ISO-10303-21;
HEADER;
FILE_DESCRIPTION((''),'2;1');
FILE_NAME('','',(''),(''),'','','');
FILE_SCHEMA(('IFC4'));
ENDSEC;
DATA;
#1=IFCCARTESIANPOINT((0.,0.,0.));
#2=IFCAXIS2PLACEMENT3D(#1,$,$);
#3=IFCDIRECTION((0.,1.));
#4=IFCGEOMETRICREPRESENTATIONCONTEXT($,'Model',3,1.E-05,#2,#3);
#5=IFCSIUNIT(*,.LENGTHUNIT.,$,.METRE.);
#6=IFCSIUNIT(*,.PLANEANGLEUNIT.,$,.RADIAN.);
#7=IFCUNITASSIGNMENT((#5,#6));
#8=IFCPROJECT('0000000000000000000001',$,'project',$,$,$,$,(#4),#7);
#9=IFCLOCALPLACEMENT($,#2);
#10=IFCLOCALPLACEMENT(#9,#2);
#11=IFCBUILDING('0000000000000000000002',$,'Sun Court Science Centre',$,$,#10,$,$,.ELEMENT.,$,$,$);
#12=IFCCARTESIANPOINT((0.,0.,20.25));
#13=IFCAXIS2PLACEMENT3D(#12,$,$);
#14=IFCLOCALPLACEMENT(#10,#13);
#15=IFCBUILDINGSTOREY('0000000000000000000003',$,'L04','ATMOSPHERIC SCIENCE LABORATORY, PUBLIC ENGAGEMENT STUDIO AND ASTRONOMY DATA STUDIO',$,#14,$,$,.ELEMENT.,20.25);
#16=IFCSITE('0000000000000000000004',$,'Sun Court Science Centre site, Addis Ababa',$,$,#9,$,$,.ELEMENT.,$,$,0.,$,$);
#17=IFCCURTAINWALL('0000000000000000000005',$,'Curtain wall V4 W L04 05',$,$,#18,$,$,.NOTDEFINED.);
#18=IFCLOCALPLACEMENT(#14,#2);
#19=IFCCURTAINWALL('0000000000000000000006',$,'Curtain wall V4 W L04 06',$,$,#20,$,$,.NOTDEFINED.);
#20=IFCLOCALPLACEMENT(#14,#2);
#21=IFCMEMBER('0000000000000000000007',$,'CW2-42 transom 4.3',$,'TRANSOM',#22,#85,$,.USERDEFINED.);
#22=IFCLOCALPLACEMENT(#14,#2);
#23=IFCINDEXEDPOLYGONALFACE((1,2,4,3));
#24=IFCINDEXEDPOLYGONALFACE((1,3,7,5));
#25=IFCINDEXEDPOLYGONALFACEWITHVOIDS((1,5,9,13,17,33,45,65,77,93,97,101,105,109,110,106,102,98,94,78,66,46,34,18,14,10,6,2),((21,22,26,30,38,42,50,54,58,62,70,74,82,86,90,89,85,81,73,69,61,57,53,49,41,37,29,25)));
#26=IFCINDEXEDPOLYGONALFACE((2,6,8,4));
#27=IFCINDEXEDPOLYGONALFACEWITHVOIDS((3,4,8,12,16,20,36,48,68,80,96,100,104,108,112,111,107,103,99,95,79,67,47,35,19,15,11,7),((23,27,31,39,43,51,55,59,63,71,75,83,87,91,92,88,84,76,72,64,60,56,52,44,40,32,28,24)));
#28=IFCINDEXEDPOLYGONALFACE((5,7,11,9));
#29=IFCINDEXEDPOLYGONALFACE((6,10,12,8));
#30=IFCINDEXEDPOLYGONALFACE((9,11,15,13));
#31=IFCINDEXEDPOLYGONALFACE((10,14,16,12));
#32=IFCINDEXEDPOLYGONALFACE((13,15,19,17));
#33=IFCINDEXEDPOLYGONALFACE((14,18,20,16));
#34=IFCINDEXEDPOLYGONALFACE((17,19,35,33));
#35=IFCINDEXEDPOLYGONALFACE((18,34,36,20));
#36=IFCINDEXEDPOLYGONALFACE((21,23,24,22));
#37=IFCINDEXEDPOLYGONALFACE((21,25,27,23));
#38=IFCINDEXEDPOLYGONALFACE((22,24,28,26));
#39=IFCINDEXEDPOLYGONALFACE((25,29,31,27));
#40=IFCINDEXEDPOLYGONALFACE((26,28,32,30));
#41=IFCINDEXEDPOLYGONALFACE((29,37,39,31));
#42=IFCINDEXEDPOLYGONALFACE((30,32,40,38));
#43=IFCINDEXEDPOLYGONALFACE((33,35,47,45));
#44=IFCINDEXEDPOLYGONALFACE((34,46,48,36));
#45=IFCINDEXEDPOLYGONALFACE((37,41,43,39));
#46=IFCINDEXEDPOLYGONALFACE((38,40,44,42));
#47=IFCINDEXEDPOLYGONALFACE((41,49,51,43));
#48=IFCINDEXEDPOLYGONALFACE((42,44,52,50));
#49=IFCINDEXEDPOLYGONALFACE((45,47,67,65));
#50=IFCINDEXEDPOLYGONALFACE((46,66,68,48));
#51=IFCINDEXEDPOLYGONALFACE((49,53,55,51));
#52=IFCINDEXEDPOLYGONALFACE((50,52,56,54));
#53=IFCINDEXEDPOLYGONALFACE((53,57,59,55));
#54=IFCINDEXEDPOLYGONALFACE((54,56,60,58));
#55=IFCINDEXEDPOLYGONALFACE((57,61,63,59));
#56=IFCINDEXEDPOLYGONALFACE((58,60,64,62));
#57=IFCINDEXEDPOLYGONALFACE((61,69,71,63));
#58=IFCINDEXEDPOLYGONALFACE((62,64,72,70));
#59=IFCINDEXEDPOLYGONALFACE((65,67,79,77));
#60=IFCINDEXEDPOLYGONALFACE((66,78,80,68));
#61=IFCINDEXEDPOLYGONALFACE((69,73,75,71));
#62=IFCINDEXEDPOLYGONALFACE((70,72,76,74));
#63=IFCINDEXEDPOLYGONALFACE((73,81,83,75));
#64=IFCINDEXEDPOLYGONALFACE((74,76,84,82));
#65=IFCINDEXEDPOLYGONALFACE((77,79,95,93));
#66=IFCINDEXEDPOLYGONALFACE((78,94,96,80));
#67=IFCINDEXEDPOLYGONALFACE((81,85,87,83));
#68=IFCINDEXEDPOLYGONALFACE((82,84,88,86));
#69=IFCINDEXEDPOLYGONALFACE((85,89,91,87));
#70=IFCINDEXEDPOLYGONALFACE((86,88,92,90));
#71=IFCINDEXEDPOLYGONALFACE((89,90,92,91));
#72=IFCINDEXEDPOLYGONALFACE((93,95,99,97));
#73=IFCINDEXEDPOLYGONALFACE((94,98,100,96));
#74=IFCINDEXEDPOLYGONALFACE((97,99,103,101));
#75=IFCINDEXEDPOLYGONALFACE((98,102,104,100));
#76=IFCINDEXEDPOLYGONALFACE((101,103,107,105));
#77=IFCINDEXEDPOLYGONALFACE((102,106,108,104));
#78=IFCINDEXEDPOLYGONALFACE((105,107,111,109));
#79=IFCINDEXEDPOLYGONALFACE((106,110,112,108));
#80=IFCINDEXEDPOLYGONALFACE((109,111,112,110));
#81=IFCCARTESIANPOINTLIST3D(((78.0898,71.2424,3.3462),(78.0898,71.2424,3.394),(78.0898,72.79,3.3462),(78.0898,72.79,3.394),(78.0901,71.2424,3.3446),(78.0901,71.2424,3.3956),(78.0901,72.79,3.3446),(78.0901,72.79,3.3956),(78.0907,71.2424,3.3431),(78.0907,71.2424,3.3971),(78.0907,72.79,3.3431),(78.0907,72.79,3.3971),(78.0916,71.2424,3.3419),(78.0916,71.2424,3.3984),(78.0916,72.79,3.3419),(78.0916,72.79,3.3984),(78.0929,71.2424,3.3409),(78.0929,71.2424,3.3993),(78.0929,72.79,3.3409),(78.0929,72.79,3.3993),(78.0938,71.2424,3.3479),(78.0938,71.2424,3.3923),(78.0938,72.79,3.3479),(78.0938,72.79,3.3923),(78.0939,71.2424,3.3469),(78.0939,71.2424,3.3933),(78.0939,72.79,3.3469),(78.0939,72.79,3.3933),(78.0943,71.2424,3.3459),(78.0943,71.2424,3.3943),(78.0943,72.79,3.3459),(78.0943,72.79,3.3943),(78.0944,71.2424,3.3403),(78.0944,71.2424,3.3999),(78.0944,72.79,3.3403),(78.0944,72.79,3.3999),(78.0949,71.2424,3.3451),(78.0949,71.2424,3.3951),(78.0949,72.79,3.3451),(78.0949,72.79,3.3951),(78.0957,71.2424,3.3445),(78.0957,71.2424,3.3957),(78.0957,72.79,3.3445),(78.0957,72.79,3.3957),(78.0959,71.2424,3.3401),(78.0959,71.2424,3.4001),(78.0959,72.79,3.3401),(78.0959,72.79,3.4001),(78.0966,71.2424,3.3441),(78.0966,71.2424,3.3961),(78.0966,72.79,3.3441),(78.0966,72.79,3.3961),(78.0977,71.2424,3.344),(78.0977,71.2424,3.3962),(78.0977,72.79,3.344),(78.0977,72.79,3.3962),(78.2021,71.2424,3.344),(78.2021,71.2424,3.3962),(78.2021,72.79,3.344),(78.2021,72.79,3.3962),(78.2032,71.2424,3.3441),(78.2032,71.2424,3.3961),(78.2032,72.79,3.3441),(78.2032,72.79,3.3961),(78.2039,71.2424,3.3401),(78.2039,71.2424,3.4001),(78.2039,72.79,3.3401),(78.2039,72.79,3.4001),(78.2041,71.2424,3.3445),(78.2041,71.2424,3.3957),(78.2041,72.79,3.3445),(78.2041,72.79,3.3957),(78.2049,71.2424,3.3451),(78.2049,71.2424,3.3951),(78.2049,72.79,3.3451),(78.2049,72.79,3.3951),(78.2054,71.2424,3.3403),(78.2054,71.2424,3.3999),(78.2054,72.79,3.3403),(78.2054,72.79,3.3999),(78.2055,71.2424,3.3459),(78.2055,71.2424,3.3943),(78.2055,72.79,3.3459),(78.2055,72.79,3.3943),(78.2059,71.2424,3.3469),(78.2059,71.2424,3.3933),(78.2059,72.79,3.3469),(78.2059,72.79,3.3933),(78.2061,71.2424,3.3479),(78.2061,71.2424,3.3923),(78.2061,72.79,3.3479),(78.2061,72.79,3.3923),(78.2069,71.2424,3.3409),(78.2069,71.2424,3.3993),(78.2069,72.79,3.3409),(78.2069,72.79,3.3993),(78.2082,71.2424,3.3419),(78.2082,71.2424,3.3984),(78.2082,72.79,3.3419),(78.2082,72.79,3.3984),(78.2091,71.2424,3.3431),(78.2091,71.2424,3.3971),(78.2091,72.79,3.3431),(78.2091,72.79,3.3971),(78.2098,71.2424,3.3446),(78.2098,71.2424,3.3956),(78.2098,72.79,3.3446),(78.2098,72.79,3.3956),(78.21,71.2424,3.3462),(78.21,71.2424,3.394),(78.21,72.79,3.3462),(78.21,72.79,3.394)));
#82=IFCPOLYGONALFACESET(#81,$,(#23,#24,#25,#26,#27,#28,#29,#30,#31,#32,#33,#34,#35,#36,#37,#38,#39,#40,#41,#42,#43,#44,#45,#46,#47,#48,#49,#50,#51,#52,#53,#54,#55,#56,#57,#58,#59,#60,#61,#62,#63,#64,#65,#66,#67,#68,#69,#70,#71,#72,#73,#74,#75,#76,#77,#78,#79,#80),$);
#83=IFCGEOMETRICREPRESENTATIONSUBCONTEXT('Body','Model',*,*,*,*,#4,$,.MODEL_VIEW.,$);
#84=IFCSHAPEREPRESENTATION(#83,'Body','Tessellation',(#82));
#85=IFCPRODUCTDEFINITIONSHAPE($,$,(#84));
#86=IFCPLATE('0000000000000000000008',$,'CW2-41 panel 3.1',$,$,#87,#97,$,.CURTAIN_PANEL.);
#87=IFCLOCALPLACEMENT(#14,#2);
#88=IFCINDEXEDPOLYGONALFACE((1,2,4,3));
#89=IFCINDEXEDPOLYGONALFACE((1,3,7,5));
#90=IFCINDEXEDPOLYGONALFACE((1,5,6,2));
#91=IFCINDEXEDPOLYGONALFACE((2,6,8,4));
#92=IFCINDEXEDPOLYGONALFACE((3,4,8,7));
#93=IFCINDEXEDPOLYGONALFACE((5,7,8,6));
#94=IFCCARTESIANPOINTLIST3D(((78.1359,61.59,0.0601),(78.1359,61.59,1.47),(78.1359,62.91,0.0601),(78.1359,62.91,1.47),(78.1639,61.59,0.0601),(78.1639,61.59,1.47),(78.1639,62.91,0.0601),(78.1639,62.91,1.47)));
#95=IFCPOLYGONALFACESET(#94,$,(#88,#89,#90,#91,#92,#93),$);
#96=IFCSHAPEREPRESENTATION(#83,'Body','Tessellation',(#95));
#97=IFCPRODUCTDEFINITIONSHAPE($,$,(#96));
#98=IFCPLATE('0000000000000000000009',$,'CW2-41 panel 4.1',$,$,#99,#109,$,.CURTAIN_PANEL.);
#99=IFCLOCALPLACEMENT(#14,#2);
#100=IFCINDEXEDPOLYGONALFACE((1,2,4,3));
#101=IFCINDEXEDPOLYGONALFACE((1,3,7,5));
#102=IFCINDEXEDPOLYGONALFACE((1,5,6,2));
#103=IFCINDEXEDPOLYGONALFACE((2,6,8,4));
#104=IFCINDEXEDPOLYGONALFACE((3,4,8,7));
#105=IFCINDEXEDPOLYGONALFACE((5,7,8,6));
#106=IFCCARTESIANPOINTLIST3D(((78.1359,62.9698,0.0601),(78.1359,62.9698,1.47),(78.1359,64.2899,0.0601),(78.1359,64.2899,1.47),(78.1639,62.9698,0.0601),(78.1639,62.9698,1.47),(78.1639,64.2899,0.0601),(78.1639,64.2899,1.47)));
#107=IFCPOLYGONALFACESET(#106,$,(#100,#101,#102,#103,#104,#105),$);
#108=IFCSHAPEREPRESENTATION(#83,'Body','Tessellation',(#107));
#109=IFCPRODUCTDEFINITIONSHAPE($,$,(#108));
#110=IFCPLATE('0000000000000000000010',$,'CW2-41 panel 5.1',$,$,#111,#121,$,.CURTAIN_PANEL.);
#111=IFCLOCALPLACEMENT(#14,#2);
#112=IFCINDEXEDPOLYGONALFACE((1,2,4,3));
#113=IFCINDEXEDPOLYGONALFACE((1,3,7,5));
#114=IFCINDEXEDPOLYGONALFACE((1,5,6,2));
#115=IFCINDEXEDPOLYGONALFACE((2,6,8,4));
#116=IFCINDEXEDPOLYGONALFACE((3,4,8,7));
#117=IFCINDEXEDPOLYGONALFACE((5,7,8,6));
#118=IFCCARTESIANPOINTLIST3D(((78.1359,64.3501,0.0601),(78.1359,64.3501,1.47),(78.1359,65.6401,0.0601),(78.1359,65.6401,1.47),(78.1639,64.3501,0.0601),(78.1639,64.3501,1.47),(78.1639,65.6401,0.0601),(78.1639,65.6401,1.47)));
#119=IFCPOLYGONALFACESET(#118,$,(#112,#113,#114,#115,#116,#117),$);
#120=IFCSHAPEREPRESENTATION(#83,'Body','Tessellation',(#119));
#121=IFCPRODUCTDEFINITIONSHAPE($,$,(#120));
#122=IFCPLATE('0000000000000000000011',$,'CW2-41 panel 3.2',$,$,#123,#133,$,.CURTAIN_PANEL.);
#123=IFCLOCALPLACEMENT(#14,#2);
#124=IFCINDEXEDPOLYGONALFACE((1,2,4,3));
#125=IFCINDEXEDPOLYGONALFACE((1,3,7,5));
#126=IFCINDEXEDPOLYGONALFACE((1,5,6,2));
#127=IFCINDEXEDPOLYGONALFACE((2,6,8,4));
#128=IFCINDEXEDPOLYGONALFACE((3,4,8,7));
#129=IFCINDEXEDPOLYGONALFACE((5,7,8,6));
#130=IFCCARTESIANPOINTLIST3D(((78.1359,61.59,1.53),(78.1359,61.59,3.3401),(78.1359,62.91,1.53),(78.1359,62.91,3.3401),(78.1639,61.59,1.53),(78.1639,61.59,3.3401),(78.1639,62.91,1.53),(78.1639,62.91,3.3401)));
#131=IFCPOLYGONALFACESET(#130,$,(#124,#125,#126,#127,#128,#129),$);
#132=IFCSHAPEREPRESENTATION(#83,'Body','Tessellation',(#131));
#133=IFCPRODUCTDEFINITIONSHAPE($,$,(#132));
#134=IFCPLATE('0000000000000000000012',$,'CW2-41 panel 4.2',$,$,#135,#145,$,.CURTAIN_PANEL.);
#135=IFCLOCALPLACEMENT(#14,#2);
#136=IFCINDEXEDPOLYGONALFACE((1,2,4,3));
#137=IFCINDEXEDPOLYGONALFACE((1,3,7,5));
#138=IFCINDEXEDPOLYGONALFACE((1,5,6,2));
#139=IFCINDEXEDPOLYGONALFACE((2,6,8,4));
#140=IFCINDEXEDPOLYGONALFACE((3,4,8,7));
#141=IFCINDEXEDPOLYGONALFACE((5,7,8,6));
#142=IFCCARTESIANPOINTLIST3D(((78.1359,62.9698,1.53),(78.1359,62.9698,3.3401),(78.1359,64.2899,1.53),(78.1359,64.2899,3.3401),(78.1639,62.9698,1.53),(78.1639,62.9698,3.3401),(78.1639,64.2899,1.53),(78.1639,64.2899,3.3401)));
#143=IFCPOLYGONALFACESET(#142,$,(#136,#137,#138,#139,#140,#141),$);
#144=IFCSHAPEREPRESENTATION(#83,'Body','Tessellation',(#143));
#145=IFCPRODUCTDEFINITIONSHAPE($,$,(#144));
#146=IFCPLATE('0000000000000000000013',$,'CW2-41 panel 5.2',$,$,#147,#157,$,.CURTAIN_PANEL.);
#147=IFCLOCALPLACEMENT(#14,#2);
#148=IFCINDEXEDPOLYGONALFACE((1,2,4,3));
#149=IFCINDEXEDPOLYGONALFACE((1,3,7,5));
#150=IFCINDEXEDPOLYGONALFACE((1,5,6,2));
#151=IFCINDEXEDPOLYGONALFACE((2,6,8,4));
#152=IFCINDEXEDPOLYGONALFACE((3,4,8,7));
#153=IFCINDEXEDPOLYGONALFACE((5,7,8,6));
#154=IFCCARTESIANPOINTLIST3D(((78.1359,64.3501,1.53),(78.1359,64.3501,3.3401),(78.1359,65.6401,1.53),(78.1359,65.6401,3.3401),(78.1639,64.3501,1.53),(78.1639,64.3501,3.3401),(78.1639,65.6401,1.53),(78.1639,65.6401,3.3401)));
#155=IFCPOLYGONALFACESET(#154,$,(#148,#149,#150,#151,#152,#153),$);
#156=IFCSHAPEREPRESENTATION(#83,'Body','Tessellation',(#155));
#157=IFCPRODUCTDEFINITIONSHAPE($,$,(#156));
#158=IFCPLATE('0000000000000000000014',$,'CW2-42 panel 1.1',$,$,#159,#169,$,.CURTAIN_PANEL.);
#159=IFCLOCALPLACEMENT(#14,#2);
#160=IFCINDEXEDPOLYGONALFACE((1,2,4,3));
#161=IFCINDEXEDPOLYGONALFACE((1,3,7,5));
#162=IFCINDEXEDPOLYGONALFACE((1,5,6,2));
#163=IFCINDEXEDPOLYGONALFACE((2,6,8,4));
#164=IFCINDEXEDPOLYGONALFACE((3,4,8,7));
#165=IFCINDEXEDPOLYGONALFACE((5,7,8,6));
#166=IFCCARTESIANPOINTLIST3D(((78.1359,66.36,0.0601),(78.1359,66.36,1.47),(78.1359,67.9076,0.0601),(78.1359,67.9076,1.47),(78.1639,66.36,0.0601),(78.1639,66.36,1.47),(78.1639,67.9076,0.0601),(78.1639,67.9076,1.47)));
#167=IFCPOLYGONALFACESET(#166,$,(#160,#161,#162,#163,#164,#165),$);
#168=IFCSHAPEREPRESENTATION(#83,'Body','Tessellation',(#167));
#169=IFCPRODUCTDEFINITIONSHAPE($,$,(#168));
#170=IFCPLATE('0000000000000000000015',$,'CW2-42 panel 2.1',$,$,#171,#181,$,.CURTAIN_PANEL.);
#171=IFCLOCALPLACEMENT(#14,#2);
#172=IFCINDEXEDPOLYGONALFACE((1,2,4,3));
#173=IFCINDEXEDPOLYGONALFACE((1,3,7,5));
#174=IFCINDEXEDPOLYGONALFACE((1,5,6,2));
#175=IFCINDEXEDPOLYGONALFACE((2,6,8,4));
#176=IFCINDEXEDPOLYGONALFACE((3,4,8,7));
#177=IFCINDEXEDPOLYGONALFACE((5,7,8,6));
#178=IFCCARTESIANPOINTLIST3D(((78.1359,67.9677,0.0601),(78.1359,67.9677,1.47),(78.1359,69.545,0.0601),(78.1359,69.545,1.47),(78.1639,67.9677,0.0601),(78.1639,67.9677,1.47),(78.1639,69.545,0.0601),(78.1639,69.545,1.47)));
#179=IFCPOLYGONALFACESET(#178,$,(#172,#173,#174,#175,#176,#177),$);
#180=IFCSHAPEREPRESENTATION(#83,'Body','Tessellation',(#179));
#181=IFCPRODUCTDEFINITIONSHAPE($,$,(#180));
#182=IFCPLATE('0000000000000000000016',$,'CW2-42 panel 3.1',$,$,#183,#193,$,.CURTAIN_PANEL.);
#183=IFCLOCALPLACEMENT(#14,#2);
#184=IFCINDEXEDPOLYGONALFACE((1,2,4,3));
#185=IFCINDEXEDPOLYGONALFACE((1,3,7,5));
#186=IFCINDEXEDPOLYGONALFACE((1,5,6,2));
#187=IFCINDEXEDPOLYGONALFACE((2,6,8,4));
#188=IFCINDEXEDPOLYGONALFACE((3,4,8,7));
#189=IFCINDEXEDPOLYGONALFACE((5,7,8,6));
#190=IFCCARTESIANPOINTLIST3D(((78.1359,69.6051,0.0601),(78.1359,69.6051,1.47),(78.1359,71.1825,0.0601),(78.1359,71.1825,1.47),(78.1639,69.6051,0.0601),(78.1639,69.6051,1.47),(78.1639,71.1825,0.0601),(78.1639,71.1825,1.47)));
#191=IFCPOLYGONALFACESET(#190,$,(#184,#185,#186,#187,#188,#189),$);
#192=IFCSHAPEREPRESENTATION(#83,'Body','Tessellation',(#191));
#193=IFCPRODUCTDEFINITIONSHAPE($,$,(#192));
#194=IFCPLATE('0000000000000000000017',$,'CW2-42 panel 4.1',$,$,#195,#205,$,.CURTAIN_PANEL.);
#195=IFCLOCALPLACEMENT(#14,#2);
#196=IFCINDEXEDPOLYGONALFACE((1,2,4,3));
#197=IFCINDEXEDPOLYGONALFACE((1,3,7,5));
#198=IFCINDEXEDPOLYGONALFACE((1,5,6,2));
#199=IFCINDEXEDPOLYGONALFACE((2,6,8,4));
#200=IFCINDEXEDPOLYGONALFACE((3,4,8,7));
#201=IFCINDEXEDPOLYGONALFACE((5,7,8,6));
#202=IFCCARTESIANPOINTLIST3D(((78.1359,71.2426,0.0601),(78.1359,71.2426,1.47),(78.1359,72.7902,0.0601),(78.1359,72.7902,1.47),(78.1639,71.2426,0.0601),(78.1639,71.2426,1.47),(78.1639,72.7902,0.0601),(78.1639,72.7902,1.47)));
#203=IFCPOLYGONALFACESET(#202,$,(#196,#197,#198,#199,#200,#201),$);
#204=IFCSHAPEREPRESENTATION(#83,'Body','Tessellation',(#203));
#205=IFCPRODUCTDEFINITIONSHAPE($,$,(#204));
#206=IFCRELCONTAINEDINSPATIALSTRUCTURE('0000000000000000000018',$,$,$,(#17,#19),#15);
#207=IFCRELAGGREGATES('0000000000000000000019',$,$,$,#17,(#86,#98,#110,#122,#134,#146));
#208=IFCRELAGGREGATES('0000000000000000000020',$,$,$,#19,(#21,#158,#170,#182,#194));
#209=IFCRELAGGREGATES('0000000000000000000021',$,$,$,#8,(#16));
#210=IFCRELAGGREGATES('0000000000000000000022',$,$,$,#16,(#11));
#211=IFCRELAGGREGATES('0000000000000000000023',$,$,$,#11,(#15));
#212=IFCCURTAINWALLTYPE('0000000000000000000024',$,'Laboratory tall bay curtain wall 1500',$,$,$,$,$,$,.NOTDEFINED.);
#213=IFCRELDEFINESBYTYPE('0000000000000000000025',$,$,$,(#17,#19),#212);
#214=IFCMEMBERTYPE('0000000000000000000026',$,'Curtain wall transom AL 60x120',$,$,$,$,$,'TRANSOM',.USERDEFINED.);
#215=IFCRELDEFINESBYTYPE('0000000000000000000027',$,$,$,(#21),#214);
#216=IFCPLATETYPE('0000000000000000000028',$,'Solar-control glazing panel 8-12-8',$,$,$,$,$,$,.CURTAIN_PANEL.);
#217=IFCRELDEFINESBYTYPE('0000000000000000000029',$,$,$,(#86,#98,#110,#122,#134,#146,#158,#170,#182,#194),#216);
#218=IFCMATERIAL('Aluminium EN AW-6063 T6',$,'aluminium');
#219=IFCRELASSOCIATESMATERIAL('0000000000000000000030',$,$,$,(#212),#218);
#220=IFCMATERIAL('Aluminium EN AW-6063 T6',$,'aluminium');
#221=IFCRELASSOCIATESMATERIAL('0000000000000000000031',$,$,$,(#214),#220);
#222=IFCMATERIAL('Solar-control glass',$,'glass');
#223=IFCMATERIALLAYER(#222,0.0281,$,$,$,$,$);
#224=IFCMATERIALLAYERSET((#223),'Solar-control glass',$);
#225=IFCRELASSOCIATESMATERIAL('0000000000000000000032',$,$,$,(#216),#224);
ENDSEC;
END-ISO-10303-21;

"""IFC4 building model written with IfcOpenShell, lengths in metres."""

from ifc_helpers import new_model, si_unit, direction, frame, origin, origin_2d, place, context, subcontext, project, spatial, rectangle, hollow_rectangle, extrude, material, layer, layer_set, material_profile, profile_set, type_object, element, aggregate, save


model = new_model("IFC4")

# Units and contexts
model_context = context("Model", 3, precision=1e-05, world=origin(), true_north=direction((0.0, 1.0)))
body_context = subcontext(model_context, "Body", "Model", "MODEL_VIEW")
ifc_project = project(units=[si_unit("LENGTHUNIT", "METRE"), si_unit("PLANEANGLEUNIT", "RADIAN")], contexts=[model_context])

# Site, building, storey
site_placement = place(None, origin())
site = spatial("IfcSite", under=ifc_project, at=site_placement, Name="Sun Court Science Centre site, Addis Ababa", CompositionType="ELEMENT", RefElevation=0.0)
building_placement = place(site_placement, origin())
building = spatial("IfcBuilding", under=site, at=building_placement, Name="Sun Court Science Centre", CompositionType="ELEMENT")
storey_placement = place(building_placement, frame((0.0, 0.0, 20.25)))
storey = spatial("IfcBuildingStorey", under=building, at=storey_placement, Name="L04", Description="ATMOSPHERIC SCIENCE LABORATORY, PUBLIC ENGAGEMENT STUDIO AND ASTRONOMY DATA STUDIO", CompositionType="ELEMENT", Elevation=20.25)

# Curtain walls
ifc_material_1 = material(Name="Aluminium EN AW-6063 T6", Category="aluminium")
curtain_wall_type = type_object("IfcCurtainWallType", Name="Laboratory tall bay curtain wall 1500", PredefinedType="NOTDEFINED", material=ifc_material_1)
curtain_wall_1_placement = place(storey_placement, origin())
curtain_wall_1 = element("IfcCurtainWall", 1, at=curtain_wall_1_placement, inside=storey, type_object=curtain_wall_type, Name="Curtain wall V4 W L04 05", PredefinedType="NOTDEFINED")
curtain_wall_2_placement = place(storey_placement, origin())
curtain_wall_2 = element("IfcCurtainWall", 2, at=curtain_wall_2_placement, inside=storey, type_object=curtain_wall_type, Name="Curtain wall V4 W L04 06", PredefinedType="NOTDEFINED")

# Member
ifc_material_2 = material(Name="Aluminium EN AW-6063 T6", Category="aluminium")
ifc_material_profile_1 = material_profile(ifc_material_2, hollow_rectangle(XDim=0.0601, YDim=0.1201, WallThickness=0.0039, InnerFilletRadius=0.0039, OuterFilletRadius=0.0061, at=origin_2d()), Name="AL 60x120x4")
ifc_profile_set_1 = profile_set([ifc_material_profile_1], Name="Aluminium EN AW-6063 T6")
member_type_1 = type_object("IfcMemberType", Name="Curtain wall transom AL 60x120", ElementType="TRANSOM", PredefinedType="USERDEFINED", material=ifc_profile_set_1)
member_1_placement = place(storey_placement, frame((78.1499, 71.2424, 3.3701), z_axis=(0.0, 1.0, 0.0), x_axis=(0.0, 0.0, 1.0)))
member_1 = element("IfcMember", 3, at=member_1_placement, type_object=member_type_1, Name="CW2-42 transom 4.3", ObjectType="TRANSOM", PredefinedType="USERDEFINED", context=body_context, shape_type="SweptSolid", body=[
    extrude(hollow_rectangle(XDim=0.0601, YDim=0.1201, WallThickness=0.0039, InnerFilletRadius=0.0039, OuterFilletRadius=0.0061, at=origin_2d()), origin(), (0.0, 0.0, 1.0), 1.5476),
])

# Plates
ifc_material_3 = material(Name="Solar-control glass", Category="glass")
ifc_layer = layer(ifc_material_3, 0.0281)
ifc_layer_set = layer_set([ifc_layer], Name="Solar-control glass")
plate_type = type_object("IfcPlateType", Name="Solar-control glazing panel 8-12-8", PredefinedType="CURTAIN_PANEL", material=ifc_layer_set)
plate_1_placement = place(storey_placement, frame((78.1499, 62.25, 0.0601), z_axis=(0.0, 0.0, 1.0), x_axis=(0.0, 1.0, 0.0)))
plate_1 = element("IfcPlate", 4, at=plate_1_placement, type_object=plate_type, Name="CW2-41 panel 3.1", PredefinedType="CURTAIN_PANEL", context=body_context, shape_type="SweptSolid", body=[
    extrude(rectangle(XDim=1.3201, YDim=0.0281, at=origin_2d()), origin(), (0.0, 0.0, 1.0), 1.4099),
])
plate_2_placement = place(storey_placement, frame((78.1499, 63.6299, 0.0601), z_axis=(0.0, 0.0, 1.0), x_axis=(0.0, 1.0, 0.0)))
plate_2 = element("IfcPlate", 5, at=plate_2_placement, type_object=plate_type, Name="CW2-41 panel 4.1", PredefinedType="CURTAIN_PANEL", context=body_context, shape_type="SweptSolid", body=[
    extrude(rectangle(XDim=1.3201, YDim=0.0281, at=origin_2d()), origin(), (0.0, 0.0, 1.0), 1.4099),
])
plate_3_placement = place(storey_placement, frame((78.1499, 64.9951, 0.0601), z_axis=(0.0, 0.0, 1.0), x_axis=(0.0, 1.0, 0.0)))
plate_3 = element("IfcPlate", 6, at=plate_3_placement, type_object=plate_type, Name="CW2-41 panel 5.1", PredefinedType="CURTAIN_PANEL", context=body_context, shape_type="SweptSolid", body=[
    extrude(rectangle(XDim=1.29, YDim=0.0281, at=origin_2d()), origin(), (0.0, 0.0, 1.0), 1.4099),
])
plate_4_placement = place(storey_placement, frame((78.1499, 62.25, 1.53), z_axis=(0.0, 0.0, 1.0), x_axis=(0.0, 1.0, 0.0)))
plate_4 = element("IfcPlate", 7, at=plate_4_placement, type_object=plate_type, Name="CW2-41 panel 3.2", PredefinedType="CURTAIN_PANEL", context=body_context, shape_type="SweptSolid", body=[
    extrude(rectangle(XDim=1.3201, YDim=0.0281, at=origin_2d()), origin(), (0.0, 0.0, 1.0), 1.8101),
])
plate_5_placement = place(storey_placement, frame((78.1499, 63.6299, 1.53), z_axis=(0.0, 0.0, 1.0), x_axis=(0.0, 1.0, 0.0)))
plate_5 = element("IfcPlate", 8, at=plate_5_placement, type_object=plate_type, Name="CW2-41 panel 4.2", PredefinedType="CURTAIN_PANEL", context=body_context, shape_type="SweptSolid", body=[
    extrude(rectangle(XDim=1.3201, YDim=0.0281, at=origin_2d()), origin(), (0.0, 0.0, 1.0), 1.8101),
])
plate_6_placement = place(storey_placement, frame((78.1499, 64.9951, 1.53), z_axis=(0.0, 0.0, 1.0), x_axis=(0.0, 1.0, 0.0)))
plate_6 = element("IfcPlate", 9, at=plate_6_placement, type_object=plate_type, Name="CW2-41 panel 5.2", PredefinedType="CURTAIN_PANEL", context=body_context, shape_type="SweptSolid", body=[
    extrude(rectangle(XDim=1.29, YDim=0.0281, at=origin_2d()), origin(), (0.0, 0.0, 1.0), 1.8101),
])
aggregate(curtain_wall_1, [plate_1, plate_2, plate_3, plate_4, plate_5, plate_6])
plate_7_placement = place(storey_placement, frame((78.1499, 67.1338, 0.0601), z_axis=(0.0, 0.0, 1.0), x_axis=(0.0, 1.0, 0.0)))
plate_7 = element("IfcPlate", 10, at=plate_7_placement, type_object=plate_type, Name="CW2-42 panel 1.1", PredefinedType="CURTAIN_PANEL", context=body_context, shape_type="SweptSolid", body=[
    extrude(rectangle(XDim=1.5476, YDim=0.0281, at=origin_2d()), origin(), (0.0, 0.0, 1.0), 1.4099),
])
plate_8_placement = place(storey_placement, frame((78.1499, 68.7563, 0.0601), z_axis=(0.0, 0.0, 1.0), x_axis=(0.0, 1.0, 0.0)))
plate_8 = element("IfcPlate", 11, at=plate_8_placement, type_object=plate_type, Name="CW2-42 panel 2.1", PredefinedType="CURTAIN_PANEL", context=body_context, shape_type="SweptSolid", body=[
    extrude(rectangle(XDim=1.5774, YDim=0.0281, at=origin_2d()), origin(), (0.0, 0.0, 1.0), 1.4099),
])
plate_9_placement = place(storey_placement, frame((78.1499, 70.3938, 0.0601), z_axis=(0.0, 0.0, 1.0), x_axis=(0.0, 1.0, 0.0)))
plate_9 = element("IfcPlate", 12, at=plate_9_placement, type_object=plate_type, Name="CW2-42 panel 3.1", PredefinedType="CURTAIN_PANEL", context=body_context, shape_type="SweptSolid", body=[
    extrude(rectangle(XDim=1.5774, YDim=0.0281, at=origin_2d()), origin(), (0.0, 0.0, 1.0), 1.4099),
])
plate_10_placement = place(storey_placement, frame((78.1499, 72.0164, 0.0601), z_axis=(0.0, 0.0, 1.0), x_axis=(0.0, 1.0, 0.0)))
plate_10 = element("IfcPlate", 13, at=plate_10_placement, type_object=plate_type, Name="CW2-42 panel 4.1", PredefinedType="CURTAIN_PANEL", context=body_context, shape_type="SweptSolid", body=[
    extrude(rectangle(XDim=1.5476, YDim=0.0281, at=origin_2d()), origin(), (0.0, 0.0, 1.0), 1.4099),
])
aggregate(curtain_wall_2, [member_1, plate_7, plate_8, plate_9, plate_10])

save(model, "model.ifc")
